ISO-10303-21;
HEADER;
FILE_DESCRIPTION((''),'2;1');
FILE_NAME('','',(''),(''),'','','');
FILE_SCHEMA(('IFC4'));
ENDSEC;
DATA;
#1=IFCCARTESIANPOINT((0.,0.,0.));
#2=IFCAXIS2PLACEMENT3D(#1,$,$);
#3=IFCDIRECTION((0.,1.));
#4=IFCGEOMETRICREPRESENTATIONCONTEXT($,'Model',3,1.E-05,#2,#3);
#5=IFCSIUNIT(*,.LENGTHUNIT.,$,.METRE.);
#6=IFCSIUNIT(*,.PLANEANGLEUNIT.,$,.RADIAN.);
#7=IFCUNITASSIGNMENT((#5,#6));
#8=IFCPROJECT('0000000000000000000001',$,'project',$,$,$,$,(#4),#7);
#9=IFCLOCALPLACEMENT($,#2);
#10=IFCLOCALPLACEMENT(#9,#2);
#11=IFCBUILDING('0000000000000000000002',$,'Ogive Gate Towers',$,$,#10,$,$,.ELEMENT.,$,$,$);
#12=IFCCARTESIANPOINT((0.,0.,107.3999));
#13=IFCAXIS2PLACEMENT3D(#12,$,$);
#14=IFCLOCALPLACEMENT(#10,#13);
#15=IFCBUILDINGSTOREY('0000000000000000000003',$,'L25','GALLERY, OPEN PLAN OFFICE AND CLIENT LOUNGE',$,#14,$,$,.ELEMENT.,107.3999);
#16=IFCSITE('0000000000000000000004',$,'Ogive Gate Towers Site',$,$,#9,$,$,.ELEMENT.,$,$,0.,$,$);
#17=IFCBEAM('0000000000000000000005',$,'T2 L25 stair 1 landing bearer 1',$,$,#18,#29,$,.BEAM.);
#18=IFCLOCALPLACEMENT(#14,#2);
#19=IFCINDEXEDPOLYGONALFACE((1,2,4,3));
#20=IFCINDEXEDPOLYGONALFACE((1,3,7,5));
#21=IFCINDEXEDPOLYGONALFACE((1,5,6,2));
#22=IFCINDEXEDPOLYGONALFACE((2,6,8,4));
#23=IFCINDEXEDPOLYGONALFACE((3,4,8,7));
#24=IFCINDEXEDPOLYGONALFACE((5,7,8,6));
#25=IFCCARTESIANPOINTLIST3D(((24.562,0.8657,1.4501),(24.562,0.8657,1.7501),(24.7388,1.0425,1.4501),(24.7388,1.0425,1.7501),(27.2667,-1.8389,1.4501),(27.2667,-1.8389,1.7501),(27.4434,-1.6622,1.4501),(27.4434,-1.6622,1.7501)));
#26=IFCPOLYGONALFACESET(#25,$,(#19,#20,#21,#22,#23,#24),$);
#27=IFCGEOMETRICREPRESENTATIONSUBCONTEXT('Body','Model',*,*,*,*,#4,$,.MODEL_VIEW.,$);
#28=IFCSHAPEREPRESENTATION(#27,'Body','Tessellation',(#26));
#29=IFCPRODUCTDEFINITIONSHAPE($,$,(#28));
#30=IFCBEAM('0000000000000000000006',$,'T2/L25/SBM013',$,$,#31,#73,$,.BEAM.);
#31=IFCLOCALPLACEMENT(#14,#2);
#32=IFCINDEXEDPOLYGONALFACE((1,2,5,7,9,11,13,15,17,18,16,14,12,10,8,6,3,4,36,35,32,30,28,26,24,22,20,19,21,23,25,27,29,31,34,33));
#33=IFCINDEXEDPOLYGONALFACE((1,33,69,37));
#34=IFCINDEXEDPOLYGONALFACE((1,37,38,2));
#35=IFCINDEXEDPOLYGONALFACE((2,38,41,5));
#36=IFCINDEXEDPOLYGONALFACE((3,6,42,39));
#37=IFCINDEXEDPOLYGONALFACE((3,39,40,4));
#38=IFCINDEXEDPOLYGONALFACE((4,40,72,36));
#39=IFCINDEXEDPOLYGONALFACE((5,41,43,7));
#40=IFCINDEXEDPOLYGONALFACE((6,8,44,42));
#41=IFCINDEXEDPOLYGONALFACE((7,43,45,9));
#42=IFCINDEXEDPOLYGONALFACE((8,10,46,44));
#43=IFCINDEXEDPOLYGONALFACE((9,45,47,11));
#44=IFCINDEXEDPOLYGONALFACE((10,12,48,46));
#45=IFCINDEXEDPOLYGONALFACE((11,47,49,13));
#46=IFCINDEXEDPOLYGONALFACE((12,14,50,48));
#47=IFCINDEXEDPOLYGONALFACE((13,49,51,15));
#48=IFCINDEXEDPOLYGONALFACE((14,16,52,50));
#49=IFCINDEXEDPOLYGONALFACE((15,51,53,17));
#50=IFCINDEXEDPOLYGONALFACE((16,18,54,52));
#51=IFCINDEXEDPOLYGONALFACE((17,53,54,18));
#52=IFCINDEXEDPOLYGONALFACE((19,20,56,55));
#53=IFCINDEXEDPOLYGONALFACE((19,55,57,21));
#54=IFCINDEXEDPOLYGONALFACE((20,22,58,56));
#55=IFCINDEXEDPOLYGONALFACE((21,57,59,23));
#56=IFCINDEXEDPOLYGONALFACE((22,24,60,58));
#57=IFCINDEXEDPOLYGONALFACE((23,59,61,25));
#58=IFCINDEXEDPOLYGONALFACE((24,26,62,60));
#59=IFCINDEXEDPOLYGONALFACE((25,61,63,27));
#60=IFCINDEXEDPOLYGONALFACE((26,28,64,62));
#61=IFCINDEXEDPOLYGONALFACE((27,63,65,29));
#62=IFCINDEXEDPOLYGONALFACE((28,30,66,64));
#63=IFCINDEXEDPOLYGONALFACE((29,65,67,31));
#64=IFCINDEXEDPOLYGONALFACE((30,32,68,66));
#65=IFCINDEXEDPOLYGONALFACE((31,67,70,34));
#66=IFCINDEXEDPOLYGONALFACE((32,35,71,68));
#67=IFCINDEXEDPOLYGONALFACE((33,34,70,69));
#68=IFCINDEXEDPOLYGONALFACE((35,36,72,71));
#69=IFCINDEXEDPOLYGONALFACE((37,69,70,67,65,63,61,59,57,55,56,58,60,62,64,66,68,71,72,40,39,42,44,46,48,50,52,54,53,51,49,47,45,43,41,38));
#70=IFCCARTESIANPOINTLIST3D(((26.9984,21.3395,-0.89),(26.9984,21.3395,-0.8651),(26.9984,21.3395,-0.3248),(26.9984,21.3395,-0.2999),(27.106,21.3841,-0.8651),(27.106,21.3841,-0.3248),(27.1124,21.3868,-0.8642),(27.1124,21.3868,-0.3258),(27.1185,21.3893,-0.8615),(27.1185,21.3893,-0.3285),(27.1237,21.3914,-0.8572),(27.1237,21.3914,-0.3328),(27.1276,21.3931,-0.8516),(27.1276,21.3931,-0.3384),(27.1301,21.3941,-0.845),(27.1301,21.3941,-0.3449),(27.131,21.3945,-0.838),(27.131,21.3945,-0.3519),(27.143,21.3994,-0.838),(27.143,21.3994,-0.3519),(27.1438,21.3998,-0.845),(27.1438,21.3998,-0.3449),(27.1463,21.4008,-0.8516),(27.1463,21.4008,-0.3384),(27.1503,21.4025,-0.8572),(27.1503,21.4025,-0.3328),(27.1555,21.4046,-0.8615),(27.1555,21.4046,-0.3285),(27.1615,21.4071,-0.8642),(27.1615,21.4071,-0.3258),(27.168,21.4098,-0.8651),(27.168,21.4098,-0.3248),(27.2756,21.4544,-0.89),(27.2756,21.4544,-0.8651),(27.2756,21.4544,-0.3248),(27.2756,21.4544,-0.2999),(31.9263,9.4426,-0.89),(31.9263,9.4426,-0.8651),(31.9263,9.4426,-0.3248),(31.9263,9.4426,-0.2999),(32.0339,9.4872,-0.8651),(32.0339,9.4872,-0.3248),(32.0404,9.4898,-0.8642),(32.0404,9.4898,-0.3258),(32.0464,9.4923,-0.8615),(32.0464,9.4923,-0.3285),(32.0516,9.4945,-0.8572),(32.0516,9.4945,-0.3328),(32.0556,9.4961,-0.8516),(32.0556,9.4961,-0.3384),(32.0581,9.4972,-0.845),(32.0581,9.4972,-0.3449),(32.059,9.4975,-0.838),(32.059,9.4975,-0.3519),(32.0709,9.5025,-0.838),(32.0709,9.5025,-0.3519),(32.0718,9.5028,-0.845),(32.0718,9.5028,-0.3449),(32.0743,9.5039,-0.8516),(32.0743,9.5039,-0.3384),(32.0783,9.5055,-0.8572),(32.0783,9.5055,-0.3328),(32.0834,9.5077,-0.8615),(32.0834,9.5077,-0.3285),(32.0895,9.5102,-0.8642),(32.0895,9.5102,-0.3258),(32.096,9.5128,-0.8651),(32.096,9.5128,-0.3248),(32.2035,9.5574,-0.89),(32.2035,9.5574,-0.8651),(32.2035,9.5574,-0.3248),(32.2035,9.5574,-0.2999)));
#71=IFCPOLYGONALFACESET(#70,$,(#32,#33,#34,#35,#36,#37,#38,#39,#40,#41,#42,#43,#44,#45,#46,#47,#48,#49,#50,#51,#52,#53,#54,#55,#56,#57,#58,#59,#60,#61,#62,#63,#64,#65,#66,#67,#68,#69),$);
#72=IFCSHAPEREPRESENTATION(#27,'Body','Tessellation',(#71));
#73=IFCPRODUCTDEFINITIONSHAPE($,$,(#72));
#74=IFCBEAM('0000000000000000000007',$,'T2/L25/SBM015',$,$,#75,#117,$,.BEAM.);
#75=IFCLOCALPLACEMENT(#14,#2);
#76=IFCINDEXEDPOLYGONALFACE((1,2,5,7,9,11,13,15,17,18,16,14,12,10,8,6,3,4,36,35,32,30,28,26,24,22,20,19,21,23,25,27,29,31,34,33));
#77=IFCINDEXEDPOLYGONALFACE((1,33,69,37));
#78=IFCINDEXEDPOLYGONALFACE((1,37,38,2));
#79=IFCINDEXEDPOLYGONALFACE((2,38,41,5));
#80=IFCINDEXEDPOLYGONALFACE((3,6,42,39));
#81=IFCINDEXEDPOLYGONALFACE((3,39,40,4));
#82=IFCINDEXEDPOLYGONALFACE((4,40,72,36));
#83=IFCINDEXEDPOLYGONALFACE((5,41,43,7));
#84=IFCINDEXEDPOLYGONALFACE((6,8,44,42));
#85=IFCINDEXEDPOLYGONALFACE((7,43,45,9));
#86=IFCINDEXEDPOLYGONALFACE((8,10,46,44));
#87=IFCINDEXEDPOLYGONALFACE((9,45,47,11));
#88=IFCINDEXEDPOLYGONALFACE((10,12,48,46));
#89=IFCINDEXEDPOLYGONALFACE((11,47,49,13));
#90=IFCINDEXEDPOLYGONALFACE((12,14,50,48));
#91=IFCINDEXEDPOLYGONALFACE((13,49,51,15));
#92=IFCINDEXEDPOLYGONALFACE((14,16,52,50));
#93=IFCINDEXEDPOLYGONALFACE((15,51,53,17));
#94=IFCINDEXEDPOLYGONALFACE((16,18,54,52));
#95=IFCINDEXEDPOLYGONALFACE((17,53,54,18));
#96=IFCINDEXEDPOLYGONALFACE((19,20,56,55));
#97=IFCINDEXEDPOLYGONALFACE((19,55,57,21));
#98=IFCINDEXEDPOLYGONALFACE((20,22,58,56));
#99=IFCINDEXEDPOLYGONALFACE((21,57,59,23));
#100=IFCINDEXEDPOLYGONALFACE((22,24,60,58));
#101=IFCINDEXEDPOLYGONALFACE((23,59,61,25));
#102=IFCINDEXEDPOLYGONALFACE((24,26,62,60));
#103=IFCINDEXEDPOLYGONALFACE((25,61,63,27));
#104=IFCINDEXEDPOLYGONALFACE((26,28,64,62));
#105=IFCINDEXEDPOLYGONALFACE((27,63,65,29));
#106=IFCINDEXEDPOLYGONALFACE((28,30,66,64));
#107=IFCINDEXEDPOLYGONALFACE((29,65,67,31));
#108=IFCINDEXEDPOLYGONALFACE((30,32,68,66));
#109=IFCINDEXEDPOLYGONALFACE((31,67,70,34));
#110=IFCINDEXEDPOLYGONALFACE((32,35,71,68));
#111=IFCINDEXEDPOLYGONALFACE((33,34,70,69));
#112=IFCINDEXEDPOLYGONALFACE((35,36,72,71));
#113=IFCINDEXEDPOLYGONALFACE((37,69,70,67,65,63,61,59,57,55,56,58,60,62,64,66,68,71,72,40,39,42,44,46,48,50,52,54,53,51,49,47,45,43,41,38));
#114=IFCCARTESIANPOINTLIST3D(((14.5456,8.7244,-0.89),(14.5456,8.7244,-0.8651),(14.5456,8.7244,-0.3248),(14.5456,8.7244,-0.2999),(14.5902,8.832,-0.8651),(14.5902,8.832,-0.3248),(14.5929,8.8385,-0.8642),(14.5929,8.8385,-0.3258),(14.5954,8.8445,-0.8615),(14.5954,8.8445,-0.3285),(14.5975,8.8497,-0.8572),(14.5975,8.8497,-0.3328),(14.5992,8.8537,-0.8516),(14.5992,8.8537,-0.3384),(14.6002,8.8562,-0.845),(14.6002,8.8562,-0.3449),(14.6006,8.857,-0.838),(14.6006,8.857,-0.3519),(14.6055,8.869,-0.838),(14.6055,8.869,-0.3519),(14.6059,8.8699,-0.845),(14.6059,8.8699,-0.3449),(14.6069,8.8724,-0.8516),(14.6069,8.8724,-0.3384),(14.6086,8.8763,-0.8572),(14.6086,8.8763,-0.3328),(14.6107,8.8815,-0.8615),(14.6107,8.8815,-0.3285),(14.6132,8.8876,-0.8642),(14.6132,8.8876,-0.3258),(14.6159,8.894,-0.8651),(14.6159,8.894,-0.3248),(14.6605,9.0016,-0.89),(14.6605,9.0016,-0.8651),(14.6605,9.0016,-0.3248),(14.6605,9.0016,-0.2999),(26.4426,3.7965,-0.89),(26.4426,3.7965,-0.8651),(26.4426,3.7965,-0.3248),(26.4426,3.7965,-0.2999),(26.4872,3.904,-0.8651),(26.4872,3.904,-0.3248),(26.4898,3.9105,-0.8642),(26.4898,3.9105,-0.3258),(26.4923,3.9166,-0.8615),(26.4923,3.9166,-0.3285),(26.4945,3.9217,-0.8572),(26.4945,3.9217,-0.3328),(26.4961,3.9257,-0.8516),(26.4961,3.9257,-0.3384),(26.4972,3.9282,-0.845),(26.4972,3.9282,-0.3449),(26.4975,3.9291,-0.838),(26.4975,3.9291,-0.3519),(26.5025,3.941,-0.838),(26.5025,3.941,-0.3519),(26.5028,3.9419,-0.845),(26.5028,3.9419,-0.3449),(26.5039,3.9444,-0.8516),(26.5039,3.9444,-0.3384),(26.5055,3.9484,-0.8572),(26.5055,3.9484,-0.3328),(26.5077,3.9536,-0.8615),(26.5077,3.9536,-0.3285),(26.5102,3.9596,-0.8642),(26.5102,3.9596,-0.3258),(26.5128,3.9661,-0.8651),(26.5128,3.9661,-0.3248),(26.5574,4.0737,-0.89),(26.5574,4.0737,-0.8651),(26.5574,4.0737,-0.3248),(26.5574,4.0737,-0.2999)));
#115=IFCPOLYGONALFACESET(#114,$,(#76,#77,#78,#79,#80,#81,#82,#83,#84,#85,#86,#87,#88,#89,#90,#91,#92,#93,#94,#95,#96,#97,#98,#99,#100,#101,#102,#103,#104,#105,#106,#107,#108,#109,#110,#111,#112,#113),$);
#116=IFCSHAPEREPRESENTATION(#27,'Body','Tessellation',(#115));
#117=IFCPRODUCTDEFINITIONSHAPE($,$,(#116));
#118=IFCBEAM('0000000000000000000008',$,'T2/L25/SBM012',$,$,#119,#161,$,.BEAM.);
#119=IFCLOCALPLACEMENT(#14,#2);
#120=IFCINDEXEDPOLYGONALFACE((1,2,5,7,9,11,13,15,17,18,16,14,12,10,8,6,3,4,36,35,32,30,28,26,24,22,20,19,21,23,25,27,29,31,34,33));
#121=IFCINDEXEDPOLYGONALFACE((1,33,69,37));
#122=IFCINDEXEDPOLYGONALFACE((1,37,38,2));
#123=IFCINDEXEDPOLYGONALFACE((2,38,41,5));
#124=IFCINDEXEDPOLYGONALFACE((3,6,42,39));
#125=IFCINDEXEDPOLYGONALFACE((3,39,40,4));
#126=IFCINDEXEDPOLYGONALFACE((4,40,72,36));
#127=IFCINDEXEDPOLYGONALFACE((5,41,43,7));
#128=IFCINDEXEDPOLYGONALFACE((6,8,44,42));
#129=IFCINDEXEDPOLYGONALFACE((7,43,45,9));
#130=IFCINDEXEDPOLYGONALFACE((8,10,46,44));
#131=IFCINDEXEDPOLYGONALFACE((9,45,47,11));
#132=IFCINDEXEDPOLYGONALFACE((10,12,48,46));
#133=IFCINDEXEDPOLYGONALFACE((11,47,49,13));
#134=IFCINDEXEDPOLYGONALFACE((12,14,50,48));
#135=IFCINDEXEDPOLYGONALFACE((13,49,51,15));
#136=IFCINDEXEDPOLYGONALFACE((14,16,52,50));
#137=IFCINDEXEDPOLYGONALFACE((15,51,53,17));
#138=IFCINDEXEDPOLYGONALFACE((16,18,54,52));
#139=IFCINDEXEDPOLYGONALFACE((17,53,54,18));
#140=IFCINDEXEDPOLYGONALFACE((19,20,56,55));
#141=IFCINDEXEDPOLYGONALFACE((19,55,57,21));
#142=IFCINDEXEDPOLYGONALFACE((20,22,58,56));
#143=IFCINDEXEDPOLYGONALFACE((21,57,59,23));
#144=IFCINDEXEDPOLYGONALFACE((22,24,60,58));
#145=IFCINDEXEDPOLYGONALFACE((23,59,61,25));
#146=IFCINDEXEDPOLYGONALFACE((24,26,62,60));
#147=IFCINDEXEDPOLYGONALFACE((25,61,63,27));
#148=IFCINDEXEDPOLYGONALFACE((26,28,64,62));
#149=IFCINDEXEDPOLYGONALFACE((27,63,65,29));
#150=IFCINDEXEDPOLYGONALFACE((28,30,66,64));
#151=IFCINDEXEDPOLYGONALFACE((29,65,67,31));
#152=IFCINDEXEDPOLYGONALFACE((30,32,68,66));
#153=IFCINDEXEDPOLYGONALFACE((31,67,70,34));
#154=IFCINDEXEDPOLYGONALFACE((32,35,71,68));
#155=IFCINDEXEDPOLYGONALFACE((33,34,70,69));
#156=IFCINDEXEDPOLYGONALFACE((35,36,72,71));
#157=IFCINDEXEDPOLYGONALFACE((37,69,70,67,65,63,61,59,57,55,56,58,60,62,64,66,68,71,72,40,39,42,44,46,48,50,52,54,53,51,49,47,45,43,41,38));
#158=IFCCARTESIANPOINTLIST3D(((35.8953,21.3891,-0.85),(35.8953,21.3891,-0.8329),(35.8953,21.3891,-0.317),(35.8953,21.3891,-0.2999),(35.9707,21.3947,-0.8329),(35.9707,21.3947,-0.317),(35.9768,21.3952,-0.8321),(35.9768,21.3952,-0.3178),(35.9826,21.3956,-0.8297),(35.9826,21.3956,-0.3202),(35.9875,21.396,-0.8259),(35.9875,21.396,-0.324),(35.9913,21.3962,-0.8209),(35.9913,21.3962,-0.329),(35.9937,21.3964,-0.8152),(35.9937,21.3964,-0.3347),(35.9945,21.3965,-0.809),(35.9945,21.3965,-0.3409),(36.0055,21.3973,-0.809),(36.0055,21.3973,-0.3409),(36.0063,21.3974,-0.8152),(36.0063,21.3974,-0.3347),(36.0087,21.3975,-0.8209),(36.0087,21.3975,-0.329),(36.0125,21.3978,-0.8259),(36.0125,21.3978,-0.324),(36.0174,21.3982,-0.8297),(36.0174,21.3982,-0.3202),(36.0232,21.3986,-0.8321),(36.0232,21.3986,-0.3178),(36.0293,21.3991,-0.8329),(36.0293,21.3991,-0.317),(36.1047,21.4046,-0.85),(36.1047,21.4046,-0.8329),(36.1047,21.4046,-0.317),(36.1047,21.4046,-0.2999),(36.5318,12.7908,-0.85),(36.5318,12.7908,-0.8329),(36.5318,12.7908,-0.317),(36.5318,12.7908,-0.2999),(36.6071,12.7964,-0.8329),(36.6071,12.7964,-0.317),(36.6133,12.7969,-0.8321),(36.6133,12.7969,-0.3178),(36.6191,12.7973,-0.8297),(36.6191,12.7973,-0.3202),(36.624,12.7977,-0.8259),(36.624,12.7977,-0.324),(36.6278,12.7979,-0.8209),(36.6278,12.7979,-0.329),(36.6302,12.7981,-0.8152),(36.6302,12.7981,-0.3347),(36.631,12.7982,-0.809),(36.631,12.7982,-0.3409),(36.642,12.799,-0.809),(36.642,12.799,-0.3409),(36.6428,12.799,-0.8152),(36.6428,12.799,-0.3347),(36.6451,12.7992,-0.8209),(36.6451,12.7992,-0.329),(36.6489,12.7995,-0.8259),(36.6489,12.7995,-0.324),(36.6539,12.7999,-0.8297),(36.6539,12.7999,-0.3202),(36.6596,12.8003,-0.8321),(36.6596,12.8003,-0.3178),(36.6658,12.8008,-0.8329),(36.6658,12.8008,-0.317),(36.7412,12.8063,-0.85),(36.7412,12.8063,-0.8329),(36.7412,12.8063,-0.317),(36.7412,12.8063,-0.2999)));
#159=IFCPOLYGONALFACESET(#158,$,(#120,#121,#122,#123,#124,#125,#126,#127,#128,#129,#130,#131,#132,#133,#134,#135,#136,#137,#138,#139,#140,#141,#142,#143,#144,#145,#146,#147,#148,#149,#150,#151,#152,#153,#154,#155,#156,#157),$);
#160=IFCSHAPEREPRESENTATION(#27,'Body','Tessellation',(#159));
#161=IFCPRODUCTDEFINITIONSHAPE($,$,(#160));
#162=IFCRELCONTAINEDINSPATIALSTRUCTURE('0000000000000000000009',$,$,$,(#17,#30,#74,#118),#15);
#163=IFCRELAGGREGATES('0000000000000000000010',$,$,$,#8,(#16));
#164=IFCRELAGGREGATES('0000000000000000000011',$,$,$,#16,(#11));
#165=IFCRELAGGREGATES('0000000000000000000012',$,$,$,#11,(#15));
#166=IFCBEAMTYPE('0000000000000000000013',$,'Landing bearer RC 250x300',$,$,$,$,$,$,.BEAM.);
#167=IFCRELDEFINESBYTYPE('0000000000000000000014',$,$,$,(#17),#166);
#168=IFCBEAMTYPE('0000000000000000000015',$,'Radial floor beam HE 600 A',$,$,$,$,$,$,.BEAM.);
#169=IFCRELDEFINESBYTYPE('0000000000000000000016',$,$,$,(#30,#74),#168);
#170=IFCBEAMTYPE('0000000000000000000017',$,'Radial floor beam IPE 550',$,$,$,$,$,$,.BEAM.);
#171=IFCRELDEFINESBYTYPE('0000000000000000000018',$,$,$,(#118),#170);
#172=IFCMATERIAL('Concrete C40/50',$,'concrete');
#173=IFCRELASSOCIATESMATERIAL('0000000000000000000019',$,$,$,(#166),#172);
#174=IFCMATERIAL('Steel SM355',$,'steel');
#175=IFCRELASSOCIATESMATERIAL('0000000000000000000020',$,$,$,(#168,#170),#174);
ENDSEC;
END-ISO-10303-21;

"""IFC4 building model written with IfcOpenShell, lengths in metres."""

from ifc_helpers import new_model, si_unit, direction, frame, origin, origin_2d, place, context, subcontext, project, spatial, rectangle, i_section, extrude, material, material_profile, profile_set, type_object, element, save


model = new_model("IFC4")

# Units and contexts
model_context = context("Model", 3, precision=1e-05, world=origin(), true_north=direction((0.0, 1.0)))
body_context = subcontext(model_context, "Body", "Model", "MODEL_VIEW")
ifc_project = project(units=[si_unit("LENGTHUNIT", "METRE"), si_unit("PLANEANGLEUNIT", "RADIAN")], contexts=[model_context])

# Site, building, storey
site_placement = place(None, origin())
site = spatial("IfcSite", under=ifc_project, at=site_placement, Name="Ogive Gate Towers Site", CompositionType="ELEMENT", RefElevation=0.0)
building_placement = place(site_placement, origin())
building = spatial("IfcBuilding", under=site, at=building_placement, Name="Ogive Gate Towers", CompositionType="ELEMENT")
storey_placement = place(building_placement, frame((0.0, 0.0, 107.3999)))
storey = spatial("IfcBuildingStorey", under=building, at=storey_placement, Name="L25", Description="GALLERY, OPEN PLAN OFFICE AND CLIENT LOUNGE", CompositionType="ELEMENT", Elevation=107.3999)

# Beams
ifc_material_1 = material(Name="Concrete C40/50", Category="concrete")
ifc_material_profile_1 = material_profile(ifc_material_1, rectangle(XDim=0.25, YDim=0.3, at=origin_2d()), Name="RC 250x300")
ifc_profile_set_1 = profile_set([ifc_material_profile_1], Name="Concrete C40/50")
beam_type_1 = type_object("IfcBeamType", Name="Landing bearer RC 250x300", PredefinedType="BEAM", material=ifc_profile_set_1)
beam_1_placement = place(storey_placement, frame((24.6504, 0.9541, 1.6001), z_axis=(0.707107, -0.707107, 0.0), x_axis=(0.707107, 0.707107, 0.0)))
element("IfcBeam", 1, at=beam_1_placement, inside=storey, type_object=beam_type_1, Name="T2 L25 stair 1 landing bearer 1", PredefinedType="BEAM", context=body_context, shape_type="SweptSolid", body=[
    extrude(rectangle(XDim=0.25, YDim=0.3, at=origin_2d()), origin(), (0.0, 0.0, 1.0), 3.825),
])
ifc_material_2 = material(Name="Steel SM355", Category="steel")
ifc_material_profile_2 = material_profile(ifc_material_2, i_section(OverallWidth=0.3, OverallDepth=0.5901, WebThickness=0.0129, FlangeThickness=0.0249, FilletRadius=0.0271, at=origin_2d()), Name="HE 600 A")
ifc_profile_set_2 = profile_set([ifc_material_profile_2], Name="Steel SM355")
beam_type_2 = type_object("IfcBeamType", Name="Radial floor beam HE 600 A", PredefinedType="BEAM", material=ifc_profile_set_2)
for number, where, z_axis, x_axis, name in (
    (2, (32.0649, 9.5, -0.595), (-0.382689, 0.923877, 0.0), (-0.923877, -0.382689, 0.0), "T2/L25/SBM013"),
    (3, (26.5, 3.9351, -0.595), (-0.923877, 0.382689, 0.0), (-0.382689, -0.923877, 0.0), "T2/L25/SBM015"),
):
    element("IfcBeam", number, at=place(storey_placement, frame(where, z_axis=z_axis, x_axis=x_axis)), inside=storey, type_object=beam_type_2, Name=name, PredefinedType="BEAM", context=body_context, shape_type="SweptSolid", body=[
        extrude(i_section(OverallWidth=0.3, OverallDepth=0.5901, WebThickness=0.0129, FlangeThickness=0.0249, FilletRadius=0.0271, at=origin_2d()), origin(), (0.0, 0.0, 1.0), 12.8772),
    ])
ifc_material_profile_3 = material_profile(ifc_material_2, i_section(OverallWidth=0.21, OverallDepth=0.55, WebThickness=0.011, FlangeThickness=0.0171, FilletRadius=0.0239, at=origin_2d()), Name="IPE 550")
ifc_profile_set_3 = profile_set([ifc_material_profile_3], Name="Steel SM355")
beam_type_3 = type_object("IfcBeamType", Name="Radial floor beam IPE 550", PredefinedType="BEAM", material=ifc_profile_set_3)
for number, where, z_axis, x_axis, name in (
    (4, (36.6365, 12.7986, -0.575), (-0.073821, 0.997272, 0.0), (-0.997272, -0.073821, 0.0), "T2/L25/SBM012"),
):
    element("IfcBeam", number, at=place(storey_placement, frame(where, z_axis=z_axis, x_axis=x_axis)), inside=storey, type_object=beam_type_3, Name=name, PredefinedType="BEAM", context=body_context, shape_type="SweptSolid", body=[
        extrude(i_section(OverallWidth=0.21, OverallDepth=0.55, WebThickness=0.011, FlangeThickness=0.0171, FilletRadius=0.0239, at=origin_2d()), origin(), (0.0, 0.0, 1.0), 8.6218),
    ])

save(model, "model.ifc")
